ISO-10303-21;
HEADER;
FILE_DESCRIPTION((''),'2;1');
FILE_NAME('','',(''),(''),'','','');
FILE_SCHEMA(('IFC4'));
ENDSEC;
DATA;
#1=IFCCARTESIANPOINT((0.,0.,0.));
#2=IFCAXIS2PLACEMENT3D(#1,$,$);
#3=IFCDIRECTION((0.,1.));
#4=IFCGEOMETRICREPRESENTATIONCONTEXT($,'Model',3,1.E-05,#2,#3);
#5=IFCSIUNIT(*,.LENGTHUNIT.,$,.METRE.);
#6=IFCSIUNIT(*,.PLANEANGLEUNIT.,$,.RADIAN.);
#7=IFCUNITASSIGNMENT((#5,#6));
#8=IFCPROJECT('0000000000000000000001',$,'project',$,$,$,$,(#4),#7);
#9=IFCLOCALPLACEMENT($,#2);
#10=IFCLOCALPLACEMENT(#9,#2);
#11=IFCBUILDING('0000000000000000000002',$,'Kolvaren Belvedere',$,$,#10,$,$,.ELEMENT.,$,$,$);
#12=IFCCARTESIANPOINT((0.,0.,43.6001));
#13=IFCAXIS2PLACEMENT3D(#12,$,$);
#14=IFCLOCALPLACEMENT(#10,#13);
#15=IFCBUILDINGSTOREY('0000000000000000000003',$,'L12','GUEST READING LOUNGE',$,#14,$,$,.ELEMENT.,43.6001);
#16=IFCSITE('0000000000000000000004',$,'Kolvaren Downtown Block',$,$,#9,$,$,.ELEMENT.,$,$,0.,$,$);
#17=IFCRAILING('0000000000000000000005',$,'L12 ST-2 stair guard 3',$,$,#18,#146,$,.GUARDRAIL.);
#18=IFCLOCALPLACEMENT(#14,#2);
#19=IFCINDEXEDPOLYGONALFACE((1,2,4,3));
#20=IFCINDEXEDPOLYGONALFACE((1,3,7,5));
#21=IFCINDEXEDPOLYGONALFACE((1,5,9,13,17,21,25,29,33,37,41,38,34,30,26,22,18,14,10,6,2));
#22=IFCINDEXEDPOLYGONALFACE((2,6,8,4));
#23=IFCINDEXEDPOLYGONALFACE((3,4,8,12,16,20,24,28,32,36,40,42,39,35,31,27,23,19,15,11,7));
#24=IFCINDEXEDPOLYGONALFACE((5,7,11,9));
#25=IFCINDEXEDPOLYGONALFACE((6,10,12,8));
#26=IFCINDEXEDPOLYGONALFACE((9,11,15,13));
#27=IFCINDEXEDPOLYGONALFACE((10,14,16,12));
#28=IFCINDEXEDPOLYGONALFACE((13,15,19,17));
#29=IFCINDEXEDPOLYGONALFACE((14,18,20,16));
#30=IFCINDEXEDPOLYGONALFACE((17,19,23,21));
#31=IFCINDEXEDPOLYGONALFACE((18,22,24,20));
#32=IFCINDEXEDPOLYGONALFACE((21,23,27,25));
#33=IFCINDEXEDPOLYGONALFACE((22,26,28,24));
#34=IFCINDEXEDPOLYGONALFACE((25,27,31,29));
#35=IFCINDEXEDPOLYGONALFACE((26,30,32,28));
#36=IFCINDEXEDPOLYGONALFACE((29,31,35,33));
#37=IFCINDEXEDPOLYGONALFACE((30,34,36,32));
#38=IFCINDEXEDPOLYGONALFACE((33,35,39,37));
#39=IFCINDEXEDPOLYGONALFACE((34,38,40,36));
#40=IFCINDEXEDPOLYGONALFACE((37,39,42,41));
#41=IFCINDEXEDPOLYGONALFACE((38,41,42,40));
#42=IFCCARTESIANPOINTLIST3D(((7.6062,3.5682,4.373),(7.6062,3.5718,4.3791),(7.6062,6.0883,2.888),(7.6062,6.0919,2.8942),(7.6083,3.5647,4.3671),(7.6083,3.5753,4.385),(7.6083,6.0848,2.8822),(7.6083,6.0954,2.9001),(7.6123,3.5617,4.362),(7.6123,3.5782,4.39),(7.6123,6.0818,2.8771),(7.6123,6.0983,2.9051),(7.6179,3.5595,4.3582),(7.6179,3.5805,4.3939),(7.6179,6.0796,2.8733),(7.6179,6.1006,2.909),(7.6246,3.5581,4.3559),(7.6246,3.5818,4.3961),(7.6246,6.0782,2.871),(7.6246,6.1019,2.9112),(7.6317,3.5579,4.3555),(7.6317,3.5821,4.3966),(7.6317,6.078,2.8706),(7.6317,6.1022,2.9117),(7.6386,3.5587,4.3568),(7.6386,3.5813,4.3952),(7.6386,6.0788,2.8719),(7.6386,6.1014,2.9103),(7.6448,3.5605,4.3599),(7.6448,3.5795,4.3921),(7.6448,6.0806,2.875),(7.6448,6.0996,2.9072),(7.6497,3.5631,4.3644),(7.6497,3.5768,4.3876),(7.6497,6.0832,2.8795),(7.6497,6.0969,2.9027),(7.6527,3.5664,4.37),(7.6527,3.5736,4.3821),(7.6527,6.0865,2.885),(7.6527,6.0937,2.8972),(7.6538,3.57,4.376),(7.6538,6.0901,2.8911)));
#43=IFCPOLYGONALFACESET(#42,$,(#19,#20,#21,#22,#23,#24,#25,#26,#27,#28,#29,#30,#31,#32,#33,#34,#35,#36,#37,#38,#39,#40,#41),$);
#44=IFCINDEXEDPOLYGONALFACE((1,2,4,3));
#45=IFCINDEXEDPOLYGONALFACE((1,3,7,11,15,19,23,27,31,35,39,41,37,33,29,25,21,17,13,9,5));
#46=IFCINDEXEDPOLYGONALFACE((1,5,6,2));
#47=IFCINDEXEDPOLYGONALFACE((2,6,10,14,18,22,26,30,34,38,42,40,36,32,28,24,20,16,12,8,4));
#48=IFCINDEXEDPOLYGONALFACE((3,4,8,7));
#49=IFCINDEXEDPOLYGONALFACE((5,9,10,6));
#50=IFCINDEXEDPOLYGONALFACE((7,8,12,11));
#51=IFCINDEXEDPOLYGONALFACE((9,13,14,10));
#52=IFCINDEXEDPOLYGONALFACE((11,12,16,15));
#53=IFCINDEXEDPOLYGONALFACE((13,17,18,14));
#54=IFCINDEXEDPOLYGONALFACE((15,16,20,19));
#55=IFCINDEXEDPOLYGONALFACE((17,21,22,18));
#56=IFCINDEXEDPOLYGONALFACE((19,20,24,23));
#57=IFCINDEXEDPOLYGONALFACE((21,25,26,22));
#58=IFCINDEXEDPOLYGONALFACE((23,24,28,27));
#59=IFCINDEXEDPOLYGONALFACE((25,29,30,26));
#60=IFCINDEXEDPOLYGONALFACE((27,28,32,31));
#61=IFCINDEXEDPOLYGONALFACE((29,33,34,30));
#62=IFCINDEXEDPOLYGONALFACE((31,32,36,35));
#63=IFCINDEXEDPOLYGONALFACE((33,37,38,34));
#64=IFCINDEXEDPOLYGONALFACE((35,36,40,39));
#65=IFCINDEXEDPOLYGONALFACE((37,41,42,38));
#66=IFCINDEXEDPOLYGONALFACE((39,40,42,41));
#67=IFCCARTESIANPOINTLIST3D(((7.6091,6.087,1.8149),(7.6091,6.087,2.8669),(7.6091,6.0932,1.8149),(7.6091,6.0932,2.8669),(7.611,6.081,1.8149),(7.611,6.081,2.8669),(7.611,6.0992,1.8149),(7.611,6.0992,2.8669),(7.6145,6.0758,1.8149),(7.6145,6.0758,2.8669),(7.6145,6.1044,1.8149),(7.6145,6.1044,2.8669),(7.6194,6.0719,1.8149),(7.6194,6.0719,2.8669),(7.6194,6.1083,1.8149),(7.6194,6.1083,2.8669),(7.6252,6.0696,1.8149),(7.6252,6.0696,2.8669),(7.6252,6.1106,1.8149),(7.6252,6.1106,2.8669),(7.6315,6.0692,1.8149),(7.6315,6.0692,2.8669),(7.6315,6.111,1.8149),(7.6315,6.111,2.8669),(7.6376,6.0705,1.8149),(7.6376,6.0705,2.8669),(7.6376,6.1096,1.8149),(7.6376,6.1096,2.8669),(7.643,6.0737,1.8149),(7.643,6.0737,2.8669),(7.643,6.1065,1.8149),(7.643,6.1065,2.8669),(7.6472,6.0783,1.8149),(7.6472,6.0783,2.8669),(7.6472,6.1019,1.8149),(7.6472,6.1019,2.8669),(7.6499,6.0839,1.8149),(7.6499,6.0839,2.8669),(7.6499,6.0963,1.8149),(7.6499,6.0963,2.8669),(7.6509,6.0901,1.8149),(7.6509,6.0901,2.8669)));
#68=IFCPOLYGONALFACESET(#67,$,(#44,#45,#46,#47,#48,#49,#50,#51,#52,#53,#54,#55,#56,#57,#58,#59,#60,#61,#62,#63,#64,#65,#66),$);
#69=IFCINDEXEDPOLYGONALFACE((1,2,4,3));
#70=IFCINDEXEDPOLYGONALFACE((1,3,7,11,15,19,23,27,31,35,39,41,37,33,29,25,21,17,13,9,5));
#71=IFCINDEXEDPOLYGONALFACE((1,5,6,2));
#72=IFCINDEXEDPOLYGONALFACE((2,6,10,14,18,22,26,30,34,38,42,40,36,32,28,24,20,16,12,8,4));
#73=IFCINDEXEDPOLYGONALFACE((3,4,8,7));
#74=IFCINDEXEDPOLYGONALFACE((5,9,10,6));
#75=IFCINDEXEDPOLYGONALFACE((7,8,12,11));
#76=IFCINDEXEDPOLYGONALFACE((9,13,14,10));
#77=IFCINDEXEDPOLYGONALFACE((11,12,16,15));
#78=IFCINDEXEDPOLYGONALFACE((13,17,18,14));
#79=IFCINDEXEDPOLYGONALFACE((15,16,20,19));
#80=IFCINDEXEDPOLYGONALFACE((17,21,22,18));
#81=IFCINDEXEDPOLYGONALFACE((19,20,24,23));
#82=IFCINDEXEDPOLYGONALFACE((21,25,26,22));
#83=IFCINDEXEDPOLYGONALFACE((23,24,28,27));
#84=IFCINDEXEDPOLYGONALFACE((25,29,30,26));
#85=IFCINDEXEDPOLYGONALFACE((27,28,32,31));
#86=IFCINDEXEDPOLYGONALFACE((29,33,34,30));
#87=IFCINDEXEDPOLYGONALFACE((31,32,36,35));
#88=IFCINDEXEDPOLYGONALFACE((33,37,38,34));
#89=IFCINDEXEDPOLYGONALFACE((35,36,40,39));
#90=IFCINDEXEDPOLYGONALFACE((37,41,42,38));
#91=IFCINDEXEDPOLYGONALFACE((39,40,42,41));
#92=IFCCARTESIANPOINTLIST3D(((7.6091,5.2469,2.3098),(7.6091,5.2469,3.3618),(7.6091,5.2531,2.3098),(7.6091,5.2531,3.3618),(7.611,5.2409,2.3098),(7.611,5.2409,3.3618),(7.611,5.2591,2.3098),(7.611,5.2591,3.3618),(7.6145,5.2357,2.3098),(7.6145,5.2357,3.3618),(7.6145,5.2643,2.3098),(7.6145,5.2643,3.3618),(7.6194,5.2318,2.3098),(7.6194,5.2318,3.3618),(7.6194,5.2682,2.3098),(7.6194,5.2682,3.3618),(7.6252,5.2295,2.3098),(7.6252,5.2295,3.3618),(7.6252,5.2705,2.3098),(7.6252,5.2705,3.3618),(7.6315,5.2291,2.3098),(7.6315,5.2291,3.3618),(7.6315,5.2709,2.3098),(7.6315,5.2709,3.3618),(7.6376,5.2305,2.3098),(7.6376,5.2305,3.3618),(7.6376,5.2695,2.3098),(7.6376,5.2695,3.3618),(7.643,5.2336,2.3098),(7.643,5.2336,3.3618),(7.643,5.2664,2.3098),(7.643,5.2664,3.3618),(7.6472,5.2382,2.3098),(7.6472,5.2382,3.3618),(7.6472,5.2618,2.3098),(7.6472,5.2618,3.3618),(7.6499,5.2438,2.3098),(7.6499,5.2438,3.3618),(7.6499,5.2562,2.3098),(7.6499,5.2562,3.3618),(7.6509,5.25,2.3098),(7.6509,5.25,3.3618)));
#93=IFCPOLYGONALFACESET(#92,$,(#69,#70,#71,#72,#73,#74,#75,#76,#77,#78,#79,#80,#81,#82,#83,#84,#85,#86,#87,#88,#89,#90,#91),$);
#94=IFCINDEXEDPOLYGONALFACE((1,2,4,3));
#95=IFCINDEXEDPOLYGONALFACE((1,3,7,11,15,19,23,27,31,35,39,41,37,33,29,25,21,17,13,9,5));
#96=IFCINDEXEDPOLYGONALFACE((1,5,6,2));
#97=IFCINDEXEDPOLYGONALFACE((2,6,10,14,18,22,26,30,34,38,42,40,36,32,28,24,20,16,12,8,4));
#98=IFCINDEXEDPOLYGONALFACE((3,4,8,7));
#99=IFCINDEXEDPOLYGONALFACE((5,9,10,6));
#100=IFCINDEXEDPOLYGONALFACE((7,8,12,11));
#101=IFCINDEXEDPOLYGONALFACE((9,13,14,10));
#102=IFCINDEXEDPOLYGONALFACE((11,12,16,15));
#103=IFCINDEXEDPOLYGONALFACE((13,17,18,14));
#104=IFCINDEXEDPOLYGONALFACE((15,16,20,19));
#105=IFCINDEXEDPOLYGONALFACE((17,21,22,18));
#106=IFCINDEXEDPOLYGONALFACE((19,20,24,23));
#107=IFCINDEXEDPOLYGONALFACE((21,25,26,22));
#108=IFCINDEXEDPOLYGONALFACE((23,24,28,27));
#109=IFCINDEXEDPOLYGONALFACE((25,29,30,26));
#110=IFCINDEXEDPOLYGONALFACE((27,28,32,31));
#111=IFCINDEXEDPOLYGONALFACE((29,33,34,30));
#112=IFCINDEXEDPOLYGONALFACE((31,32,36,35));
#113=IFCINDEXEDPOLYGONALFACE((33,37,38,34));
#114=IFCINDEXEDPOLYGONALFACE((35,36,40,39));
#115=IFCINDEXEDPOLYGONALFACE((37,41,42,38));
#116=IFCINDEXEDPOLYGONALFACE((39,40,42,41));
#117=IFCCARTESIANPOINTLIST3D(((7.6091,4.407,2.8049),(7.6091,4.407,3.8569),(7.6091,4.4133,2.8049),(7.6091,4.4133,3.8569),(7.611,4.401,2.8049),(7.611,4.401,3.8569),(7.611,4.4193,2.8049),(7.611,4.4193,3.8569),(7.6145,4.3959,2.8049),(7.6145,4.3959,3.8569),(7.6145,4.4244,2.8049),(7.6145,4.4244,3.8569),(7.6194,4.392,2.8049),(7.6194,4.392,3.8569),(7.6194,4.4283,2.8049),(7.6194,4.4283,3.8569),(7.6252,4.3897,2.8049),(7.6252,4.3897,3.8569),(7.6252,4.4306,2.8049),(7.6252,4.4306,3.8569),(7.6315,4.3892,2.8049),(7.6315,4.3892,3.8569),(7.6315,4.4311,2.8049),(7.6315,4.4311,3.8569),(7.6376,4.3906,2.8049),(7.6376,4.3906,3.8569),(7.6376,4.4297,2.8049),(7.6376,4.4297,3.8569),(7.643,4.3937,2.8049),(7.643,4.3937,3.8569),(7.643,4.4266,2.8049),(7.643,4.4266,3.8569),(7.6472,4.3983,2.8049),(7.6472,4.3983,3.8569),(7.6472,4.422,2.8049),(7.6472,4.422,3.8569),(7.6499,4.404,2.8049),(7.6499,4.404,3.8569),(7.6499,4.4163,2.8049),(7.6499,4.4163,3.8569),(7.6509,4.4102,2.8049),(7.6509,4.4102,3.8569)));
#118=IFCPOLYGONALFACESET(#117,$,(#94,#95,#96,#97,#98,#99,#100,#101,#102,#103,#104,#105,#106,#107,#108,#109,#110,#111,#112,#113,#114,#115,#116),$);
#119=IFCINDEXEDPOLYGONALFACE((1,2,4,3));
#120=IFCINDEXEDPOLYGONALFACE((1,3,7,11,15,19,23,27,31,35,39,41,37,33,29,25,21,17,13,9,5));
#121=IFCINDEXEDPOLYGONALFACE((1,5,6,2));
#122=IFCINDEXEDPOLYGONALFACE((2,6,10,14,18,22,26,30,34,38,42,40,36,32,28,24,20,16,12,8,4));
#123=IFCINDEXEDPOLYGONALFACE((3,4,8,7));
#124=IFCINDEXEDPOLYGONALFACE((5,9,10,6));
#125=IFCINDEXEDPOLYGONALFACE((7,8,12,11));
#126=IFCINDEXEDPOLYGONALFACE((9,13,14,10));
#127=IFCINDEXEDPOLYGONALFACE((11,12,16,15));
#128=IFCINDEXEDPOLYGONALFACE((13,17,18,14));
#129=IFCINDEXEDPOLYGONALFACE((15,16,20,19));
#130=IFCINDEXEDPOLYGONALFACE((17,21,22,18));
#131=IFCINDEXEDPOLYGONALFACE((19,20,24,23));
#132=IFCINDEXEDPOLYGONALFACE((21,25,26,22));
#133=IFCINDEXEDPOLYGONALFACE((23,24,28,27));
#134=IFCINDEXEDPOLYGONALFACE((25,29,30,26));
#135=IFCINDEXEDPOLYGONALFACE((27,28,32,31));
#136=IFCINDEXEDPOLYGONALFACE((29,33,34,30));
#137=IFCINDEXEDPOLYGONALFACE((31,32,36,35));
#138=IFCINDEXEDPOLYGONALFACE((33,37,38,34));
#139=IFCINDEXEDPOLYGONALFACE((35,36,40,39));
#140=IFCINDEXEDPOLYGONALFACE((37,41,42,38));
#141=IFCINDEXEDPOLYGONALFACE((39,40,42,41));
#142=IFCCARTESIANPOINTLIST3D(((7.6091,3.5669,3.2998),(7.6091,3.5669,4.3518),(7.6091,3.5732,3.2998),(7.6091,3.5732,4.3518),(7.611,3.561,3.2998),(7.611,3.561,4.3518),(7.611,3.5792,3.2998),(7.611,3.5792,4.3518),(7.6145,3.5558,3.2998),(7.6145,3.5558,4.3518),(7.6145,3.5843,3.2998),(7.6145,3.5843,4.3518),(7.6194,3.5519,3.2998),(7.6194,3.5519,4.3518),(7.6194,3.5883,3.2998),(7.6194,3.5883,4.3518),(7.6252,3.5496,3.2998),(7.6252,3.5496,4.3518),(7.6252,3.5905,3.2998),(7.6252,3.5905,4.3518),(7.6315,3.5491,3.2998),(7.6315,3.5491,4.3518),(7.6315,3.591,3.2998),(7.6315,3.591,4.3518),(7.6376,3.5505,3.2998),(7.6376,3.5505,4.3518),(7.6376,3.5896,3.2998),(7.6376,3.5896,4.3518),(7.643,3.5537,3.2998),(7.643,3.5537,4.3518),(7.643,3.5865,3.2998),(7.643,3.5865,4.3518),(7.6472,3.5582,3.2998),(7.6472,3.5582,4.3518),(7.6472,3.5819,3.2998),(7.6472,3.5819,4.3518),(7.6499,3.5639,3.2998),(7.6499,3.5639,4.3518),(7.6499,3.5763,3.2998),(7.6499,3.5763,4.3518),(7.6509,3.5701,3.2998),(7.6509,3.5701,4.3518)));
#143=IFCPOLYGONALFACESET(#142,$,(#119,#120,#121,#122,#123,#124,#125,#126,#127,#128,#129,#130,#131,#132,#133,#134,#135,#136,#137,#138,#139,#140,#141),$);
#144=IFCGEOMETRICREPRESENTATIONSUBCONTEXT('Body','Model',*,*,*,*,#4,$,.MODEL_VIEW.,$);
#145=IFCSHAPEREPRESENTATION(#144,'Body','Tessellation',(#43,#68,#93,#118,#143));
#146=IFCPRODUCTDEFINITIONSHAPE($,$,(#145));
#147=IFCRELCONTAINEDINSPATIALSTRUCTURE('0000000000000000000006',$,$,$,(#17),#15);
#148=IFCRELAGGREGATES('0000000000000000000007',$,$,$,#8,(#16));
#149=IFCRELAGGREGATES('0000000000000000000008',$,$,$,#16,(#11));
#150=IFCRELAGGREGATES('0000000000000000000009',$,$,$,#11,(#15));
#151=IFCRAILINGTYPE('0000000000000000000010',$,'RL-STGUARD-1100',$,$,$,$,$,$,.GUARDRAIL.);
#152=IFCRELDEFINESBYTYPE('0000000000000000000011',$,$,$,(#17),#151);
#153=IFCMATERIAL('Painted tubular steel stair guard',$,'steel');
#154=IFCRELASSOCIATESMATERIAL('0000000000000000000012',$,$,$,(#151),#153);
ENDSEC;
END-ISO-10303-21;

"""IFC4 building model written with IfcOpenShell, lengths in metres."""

from ifc_helpers import new_model, si_unit, direction, frame, origin, origin_2d, place, context, subcontext, project, spatial, circle, extrude, material, type_object, element, save


model = new_model("IFC4")

# Units and contexts
model_context = context("Model", 3, precision=1e-05, world=origin(), true_north=direction((0.0, 1.0)))
body_context = subcontext(model_context, "Body", "Model", "MODEL_VIEW")
ifc_project = project(units=[si_unit("LENGTHUNIT", "METRE"), si_unit("PLANEANGLEUNIT", "RADIAN")], contexts=[model_context])

# Site, building, storey
site_placement = place(None, origin())
site = spatial("IfcSite", under=ifc_project, at=site_placement, Name="Kolvaren Downtown Block", CompositionType="ELEMENT", RefElevation=0.0)
building_placement = place(site_placement, origin())
building = spatial("IfcBuilding", under=site, at=building_placement, Name="Kolvaren Belvedere", CompositionType="ELEMENT")
storey_placement = place(building_placement, frame((0.0, 0.0, 43.6001)))
storey = spatial("IfcBuildingStorey", under=building, at=storey_placement, Name="L12", Description="GUEST READING LOUNGE", CompositionType="ELEMENT", Elevation=43.6001)

# Railing
ifc_material_1 = material(Name="Painted tubular steel stair guard", Category="steel")
railing_type_1 = type_object("IfcRailingType", Name="RL-STGUARD-1100", PredefinedType="GUARDRAIL", material=ifc_material_1)
railing_1_placement = place(storey_placement, frame((7.6299, 6.0901, 1.8149)))
element("IfcRailing", 1, at=railing_1_placement, inside=storey, type_object=railing_type_1, Name="L12 ST-2 stair guard 3", PredefinedType="GUARDRAIL", context=body_context, shape_type="SweptSolid", body=[
    extrude(circle(Radius=0.0239, at=origin_2d()), frame((0.0, 0.0, 1.0762), z_axis=(0.0, -0.861561, 0.507655), x_axis=(1.0, 0.0, 0.0)), (0.0, 0.0, 1.0), 2.925),
    extrude(circle(Radius=0.021, at=origin_2d()), origin(), (0.0, 0.0, 1.0), 1.052),
    extrude(circle(Radius=0.021, at=origin_2d()), frame((0.0, -0.8401, 0.4949)), (0.0, 0.0, 1.0), 1.052),
    extrude(circle(Radius=0.021, at=origin_2d()), frame((0.0, -1.6799, 0.99)), (0.0, 0.0, 1.0), 1.052),
    extrude(circle(Radius=0.021, at=origin_2d()), frame((0.0, -2.52, 1.4849)), (0.0, 0.0, 1.0), 1.052),
])

save(model, "model.ifc")
